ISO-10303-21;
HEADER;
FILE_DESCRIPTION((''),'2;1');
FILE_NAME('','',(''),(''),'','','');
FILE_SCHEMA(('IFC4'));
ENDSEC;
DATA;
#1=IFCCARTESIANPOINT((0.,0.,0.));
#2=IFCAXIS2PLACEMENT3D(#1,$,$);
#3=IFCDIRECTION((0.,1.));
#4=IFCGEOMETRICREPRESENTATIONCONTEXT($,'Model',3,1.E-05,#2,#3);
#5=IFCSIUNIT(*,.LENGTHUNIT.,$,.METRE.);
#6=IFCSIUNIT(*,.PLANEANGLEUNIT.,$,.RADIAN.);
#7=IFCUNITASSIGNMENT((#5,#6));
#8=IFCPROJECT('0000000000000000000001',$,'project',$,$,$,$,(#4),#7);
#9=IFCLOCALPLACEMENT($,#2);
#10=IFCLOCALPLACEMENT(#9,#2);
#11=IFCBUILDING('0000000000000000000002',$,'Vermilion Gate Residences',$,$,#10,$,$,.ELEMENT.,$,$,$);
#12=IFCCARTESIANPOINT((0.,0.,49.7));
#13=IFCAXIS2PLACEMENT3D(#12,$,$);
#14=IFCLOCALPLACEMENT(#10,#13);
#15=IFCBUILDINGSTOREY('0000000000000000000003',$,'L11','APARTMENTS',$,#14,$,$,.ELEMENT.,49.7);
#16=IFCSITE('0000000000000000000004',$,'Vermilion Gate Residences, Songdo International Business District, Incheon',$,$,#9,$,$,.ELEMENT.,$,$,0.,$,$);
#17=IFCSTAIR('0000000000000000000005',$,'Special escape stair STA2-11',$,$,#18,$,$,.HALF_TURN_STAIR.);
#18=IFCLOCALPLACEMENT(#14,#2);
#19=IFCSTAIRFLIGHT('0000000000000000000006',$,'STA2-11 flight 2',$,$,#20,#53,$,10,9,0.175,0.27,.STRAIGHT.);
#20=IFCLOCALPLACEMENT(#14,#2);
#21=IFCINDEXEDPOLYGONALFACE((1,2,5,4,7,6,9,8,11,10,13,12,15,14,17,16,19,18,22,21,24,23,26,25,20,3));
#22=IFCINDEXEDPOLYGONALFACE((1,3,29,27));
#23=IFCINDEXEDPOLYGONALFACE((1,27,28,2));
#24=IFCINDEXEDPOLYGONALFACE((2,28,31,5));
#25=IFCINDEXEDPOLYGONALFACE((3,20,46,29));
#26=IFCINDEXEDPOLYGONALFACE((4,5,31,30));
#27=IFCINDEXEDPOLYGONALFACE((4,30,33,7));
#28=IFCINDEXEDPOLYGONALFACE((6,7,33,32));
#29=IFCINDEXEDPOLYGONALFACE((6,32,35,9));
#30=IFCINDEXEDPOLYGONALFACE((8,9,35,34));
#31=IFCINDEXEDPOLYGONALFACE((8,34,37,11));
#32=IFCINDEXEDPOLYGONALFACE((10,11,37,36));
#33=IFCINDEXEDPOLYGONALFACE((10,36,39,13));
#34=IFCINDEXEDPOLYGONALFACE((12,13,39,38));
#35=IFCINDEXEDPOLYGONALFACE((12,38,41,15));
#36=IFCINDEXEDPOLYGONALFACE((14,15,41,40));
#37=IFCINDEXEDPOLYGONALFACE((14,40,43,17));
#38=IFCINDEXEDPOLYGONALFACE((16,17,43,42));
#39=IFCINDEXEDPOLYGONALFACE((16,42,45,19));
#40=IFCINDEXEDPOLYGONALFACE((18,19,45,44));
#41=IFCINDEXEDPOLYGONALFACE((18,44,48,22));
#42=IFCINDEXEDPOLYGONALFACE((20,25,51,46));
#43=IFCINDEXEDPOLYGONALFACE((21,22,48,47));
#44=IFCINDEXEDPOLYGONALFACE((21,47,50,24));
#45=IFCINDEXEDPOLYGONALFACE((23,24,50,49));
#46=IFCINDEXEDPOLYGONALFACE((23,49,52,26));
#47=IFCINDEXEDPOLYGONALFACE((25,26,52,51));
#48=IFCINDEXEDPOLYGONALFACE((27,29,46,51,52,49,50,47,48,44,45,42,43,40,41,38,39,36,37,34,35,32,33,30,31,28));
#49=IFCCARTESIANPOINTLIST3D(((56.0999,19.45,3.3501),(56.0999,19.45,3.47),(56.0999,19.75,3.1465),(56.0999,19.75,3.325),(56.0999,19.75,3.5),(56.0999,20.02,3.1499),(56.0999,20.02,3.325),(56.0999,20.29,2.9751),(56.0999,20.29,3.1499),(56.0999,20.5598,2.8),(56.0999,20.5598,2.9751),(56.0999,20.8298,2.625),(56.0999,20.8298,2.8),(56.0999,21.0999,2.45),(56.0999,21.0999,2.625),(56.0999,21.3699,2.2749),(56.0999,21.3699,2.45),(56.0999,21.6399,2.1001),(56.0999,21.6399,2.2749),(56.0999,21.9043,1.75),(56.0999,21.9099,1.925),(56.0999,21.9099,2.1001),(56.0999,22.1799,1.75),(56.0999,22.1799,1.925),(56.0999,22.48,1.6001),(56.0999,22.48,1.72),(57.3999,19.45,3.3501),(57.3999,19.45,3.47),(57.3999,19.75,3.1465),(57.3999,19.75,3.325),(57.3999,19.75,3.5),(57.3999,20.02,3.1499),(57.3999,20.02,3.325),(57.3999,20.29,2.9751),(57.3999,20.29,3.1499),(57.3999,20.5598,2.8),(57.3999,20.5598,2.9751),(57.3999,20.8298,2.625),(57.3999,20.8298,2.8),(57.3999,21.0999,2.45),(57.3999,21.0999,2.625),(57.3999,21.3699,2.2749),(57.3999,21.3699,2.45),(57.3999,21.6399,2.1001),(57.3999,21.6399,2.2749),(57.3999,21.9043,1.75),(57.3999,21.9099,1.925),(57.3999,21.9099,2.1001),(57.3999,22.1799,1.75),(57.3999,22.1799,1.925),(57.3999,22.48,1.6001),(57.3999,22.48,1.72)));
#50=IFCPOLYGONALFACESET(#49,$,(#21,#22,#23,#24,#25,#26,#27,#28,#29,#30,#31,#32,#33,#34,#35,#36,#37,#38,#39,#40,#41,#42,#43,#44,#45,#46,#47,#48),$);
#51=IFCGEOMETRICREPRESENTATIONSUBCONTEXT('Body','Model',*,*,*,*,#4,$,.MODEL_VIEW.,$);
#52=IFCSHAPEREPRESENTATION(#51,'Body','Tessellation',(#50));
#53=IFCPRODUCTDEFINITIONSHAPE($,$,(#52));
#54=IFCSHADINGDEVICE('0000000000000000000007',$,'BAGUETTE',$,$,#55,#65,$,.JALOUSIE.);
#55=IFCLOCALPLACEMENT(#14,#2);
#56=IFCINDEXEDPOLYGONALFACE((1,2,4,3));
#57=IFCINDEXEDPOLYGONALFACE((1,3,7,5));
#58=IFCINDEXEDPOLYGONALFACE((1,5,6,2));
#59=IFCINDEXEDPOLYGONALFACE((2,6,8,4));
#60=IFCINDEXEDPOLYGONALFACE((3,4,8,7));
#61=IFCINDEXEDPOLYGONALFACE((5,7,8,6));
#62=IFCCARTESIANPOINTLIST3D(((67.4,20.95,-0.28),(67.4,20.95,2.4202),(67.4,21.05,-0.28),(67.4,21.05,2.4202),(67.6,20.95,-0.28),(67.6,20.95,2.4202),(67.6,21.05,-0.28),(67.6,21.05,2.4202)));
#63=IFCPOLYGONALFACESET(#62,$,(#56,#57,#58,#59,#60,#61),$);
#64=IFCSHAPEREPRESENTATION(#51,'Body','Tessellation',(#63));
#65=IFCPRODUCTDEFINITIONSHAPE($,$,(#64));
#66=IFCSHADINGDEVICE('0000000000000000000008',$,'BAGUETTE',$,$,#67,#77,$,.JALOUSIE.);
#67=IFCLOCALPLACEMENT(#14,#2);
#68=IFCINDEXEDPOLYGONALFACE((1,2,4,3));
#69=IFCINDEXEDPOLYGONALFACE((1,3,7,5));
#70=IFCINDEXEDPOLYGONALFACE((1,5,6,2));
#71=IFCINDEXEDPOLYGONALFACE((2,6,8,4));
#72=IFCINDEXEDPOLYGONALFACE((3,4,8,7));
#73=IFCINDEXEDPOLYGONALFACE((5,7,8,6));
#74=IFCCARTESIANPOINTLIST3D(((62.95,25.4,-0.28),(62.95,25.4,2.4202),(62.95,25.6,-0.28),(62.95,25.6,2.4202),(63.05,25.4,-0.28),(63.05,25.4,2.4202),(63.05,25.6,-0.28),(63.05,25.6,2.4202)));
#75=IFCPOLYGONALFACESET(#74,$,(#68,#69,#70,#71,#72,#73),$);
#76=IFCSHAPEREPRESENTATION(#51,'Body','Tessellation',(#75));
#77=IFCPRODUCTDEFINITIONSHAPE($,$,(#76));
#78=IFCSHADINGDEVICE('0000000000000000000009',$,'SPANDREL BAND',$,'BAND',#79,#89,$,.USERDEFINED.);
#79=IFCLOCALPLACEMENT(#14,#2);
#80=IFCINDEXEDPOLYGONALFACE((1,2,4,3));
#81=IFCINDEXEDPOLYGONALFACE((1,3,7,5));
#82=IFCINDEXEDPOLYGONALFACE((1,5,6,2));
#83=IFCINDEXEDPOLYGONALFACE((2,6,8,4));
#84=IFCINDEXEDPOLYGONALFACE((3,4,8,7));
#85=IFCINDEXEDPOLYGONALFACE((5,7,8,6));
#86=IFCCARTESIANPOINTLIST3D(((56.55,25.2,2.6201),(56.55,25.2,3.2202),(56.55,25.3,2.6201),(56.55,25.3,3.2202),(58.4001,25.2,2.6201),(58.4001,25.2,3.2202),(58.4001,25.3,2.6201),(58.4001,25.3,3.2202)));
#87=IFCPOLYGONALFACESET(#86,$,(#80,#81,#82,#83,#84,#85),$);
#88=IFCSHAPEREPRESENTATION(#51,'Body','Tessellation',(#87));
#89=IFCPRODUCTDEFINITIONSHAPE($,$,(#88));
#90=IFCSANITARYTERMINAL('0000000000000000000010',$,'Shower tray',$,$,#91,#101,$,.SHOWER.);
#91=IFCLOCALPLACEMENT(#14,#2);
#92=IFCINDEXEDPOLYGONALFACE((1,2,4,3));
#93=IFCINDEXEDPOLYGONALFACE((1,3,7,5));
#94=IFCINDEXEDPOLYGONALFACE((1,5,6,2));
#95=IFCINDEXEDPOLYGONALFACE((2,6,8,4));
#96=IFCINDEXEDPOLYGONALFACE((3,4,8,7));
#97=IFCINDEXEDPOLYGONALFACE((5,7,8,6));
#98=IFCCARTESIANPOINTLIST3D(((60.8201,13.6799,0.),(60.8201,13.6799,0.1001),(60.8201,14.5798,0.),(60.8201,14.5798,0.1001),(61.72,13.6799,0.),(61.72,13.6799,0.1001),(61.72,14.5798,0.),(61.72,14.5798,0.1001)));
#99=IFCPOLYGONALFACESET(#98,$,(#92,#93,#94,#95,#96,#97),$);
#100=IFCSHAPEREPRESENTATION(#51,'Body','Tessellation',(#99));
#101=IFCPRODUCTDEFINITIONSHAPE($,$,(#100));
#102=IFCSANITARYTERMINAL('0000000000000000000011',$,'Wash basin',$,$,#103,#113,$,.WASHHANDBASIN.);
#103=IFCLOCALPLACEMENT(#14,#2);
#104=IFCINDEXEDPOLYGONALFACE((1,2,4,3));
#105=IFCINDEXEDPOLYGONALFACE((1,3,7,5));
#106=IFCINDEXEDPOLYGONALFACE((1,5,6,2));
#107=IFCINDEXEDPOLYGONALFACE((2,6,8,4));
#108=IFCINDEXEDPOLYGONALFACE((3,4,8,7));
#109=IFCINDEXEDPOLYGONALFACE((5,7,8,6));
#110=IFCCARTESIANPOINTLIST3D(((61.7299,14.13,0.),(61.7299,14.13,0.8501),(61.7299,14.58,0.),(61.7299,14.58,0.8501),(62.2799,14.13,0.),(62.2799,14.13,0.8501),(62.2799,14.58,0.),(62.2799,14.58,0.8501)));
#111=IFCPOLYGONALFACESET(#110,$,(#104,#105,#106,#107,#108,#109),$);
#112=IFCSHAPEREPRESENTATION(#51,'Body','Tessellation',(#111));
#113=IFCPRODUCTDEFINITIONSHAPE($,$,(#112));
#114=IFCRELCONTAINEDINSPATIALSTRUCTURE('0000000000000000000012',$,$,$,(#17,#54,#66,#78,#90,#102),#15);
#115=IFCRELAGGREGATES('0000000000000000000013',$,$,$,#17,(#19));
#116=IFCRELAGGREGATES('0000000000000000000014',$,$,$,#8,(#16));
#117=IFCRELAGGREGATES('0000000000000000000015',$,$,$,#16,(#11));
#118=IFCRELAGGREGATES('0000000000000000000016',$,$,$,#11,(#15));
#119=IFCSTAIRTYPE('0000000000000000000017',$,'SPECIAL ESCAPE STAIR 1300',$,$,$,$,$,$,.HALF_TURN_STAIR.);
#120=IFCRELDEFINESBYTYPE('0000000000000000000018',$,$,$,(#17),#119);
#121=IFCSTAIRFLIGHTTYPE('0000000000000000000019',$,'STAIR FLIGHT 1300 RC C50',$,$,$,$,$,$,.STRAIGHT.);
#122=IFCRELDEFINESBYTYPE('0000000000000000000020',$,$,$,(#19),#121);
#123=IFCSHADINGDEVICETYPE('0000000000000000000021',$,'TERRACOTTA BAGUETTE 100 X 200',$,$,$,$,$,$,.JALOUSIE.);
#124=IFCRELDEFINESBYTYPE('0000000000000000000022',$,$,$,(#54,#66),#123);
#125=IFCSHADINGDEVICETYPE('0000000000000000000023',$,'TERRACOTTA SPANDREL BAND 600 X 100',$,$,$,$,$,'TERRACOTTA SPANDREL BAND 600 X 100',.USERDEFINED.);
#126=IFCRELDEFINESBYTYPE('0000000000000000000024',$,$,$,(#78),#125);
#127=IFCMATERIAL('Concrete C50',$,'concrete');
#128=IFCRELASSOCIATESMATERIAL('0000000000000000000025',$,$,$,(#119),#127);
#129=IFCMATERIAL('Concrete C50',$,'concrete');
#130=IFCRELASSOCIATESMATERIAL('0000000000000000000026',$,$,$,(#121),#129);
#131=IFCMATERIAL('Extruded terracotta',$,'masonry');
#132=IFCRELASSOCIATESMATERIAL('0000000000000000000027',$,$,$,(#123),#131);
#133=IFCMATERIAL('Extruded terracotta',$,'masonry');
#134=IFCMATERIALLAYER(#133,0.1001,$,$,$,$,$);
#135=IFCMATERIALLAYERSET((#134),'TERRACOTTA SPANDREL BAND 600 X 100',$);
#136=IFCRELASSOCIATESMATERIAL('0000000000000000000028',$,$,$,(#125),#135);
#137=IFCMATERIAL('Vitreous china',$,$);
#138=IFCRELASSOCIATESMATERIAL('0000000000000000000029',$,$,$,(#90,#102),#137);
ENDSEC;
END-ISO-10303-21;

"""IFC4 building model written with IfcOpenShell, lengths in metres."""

from ifc_helpers import new_model, si_unit, direction, frame, origin, origin_2d, place, context, subcontext, project, spatial, polyline, rectangle, outline, extrude, material, layer, layer_set, material_profile, profile_set, type_object, element, aggregate, save


model = new_model("IFC4")

# Units and contexts
model_context = context("Model", 3, precision=1e-05, world=origin(), true_north=direction((0.0, 1.0)))
body_context = subcontext(model_context, "Body", "Model", "MODEL_VIEW")
ifc_project = project(units=[si_unit("LENGTHUNIT", "METRE"), si_unit("PLANEANGLEUNIT", "RADIAN")], contexts=[model_context])

# Site, building, storey
site_placement = place(None, origin())
site = spatial("IfcSite", under=ifc_project, at=site_placement, Name="Vermilion Gate Residences, Songdo International Business District, Incheon", CompositionType="ELEMENT", RefElevation=0.0)
building_placement = place(site_placement, origin())
building = spatial("IfcBuilding", under=site, at=building_placement, Name="Vermilion Gate Residences", CompositionType="ELEMENT")
storey_placement = place(building_placement, frame((0.0, 0.0, 49.7)))
storey = spatial("IfcBuildingStorey", under=building, at=storey_placement, Name="L11", Description="APARTMENTS", CompositionType="ELEMENT", Elevation=49.7)

# Stair, stair flight
ifc_material_1 = material(Name="Concrete C50", Category="concrete")
stair_type = type_object("IfcStairType", Name="SPECIAL ESCAPE STAIR 1300", PredefinedType="HALF_TURN_STAIR", material=ifc_material_1)
stair_placement = place(storey_placement, origin())
stair = element("IfcStair", 1, at=stair_placement, inside=storey, type_object=stair_type, Name="Special escape stair STA2-11", PredefinedType="HALF_TURN_STAIR")
ifc_material_2 = material(Name="Concrete C50", Category="concrete")
stair_flight_type = type_object("IfcStairFlightType", Name="STAIR FLIGHT 1300 RC C50", PredefinedType="STRAIGHT", material=ifc_material_2)
stair_flight_1_placement = place(storey_placement, frame((56.75, 22.1799, 1.75), z_axis=(0.0, 0.0, 1.0), x_axis=(0.0, -1.0, 0.0)))
stair_flight_1 = element("IfcStairFlight", 2, at=stair_flight_1_placement, type_object=stair_flight_type, Name="STA2-11 flight 2", NumberOfRisers=10, NumberOfTreads=9, PredefinedType="STRAIGHT", RiserHeight=0.175, TreadLength=0.27, context=body_context, shape_type="SweptSolid", body=[
    extrude(outline(polyline([(-0.3, -0.1499), (-0.3, -0.03), (0.0, 0.0), (0.0, 0.175), (0.27, 0.175), (0.27, 0.3501), (0.54, 0.3501), (0.54, 0.5249), (0.8101, 0.5249), (0.8101, 0.7), (1.0801, 0.7), (1.0801, 0.875), (1.3501, 0.875), (1.3501, 1.05), (1.6201, 1.05), (1.6201, 1.2251), (1.8899, 1.2251), (1.8899, 1.3999), (2.1599, 1.3999), (2.1599, 1.575), (2.4299, 1.575), (2.4299, 1.75), (2.73, 1.72), (2.73, 1.6001), (2.4299, 1.3965), (0.2756, 0.0), (-0.3, -0.1499)])), frame((0.0, 0.6499, 0.0), z_axis=(0.0, -1.0, 0.0), x_axis=(1.0, 0.0, 0.0)), (0.0, 0.0, 1.0), 1.3),
])
aggregate(stair, [stair_flight_1])

# Shading devices
ifc_material_3 = material(Name="Extruded terracotta", Category="masonry")
ifc_material_profile_1 = material_profile(ifc_material_3, rectangle(XDim=0.2, YDim=0.1001, at=origin_2d()), Name="BAGUETTE 100 X 200")
ifc_profile_set_1 = profile_set([ifc_material_profile_1], Name="Extruded terracotta")
shading_device_type_1 = type_object("IfcShadingDeviceType", Name="TERRACOTTA BAGUETTE 100 X 200", PredefinedType="JALOUSIE", material=ifc_profile_set_1)
for number, where, z_axis, x_axis, name in (
    (3, (67.5, 21.0, -0.28), (0.0, 0.0, 1.0), (-1.0, 0.0, 0.0), "BAGUETTE"),
    (4, (63.0, 25.5, -0.28), (0.0, 0.0, 1.0), (0.0, -1.0, 0.0), "BAGUETTE"),
):
    element("IfcShadingDevice", number, at=place(storey_placement, frame(where, z_axis=z_axis, x_axis=x_axis)), inside=storey, type_object=shading_device_type_1, Name=name, PredefinedType="JALOUSIE", context=body_context, shape_type="SweptSolid", body=[
        extrude(rectangle(XDim=0.2, YDim=0.1001, at=origin_2d()), origin(), (0.0, 0.0, 1.0), 2.7002),
    ])
ifc_material_4 = material(Name="Extruded terracotta", Category="masonry")
ifc_layer_1 = layer(ifc_material_4, 0.1001)
ifc_layer_set_1 = layer_set([ifc_layer_1], Name="TERRACOTTA SPANDREL BAND 600 X 100")
shading_device_type_2 = type_object("IfcShadingDeviceType", Name="TERRACOTTA SPANDREL BAND 600 X 100", ElementType="TERRACOTTA SPANDREL BAND 600 X 100", PredefinedType="USERDEFINED", material=ifc_layer_set_1)
shading_device_placement = place(storey_placement, frame((57.4751, 25.25, 2.6201), z_axis=(0.0, 0.0, 1.0), x_axis=(1.0, 0.0, 0.0)))
element("IfcShadingDevice", 5, at=shading_device_placement, inside=storey, type_object=shading_device_type_2, Name="SPANDREL BAND", ObjectType="BAND", PredefinedType="USERDEFINED", context=body_context, shape_type="SweptSolid", body=[
    extrude(rectangle(XDim=1.8501, YDim=0.1001, at=origin_2d()), origin(), (0.0, 0.0, 1.0), 0.6001),
])

# Sanitary terminals
ifc_material_5 = material(Name="Vitreous china")
sanitary_terminal_1_placement = place(storey_placement, frame((61.27, 14.1299, 0.0), z_axis=(0.0, 0.0, 1.0), x_axis=(1.0, 0.0, 0.0)))
element("IfcSanitaryTerminal", 6, at=sanitary_terminal_1_placement, inside=storey, material=ifc_material_5, Name="Shower tray", PredefinedType="SHOWER", context=body_context, shape_type="SweptSolid", body=[
    extrude(rectangle(XDim=0.8999, YDim=0.8999, at=origin_2d()), origin(), (0.0, 0.0, 1.0), 0.1001),
])
sanitary_terminal_2_placement = place(storey_placement, frame((62.0049, 14.355, 0.0), z_axis=(0.0, 0.0, 1.0), x_axis=(1.0, 0.0, 0.0)))
element("IfcSanitaryTerminal", 7, at=sanitary_terminal_2_placement, inside=storey, material=ifc_material_5, Name="Wash basin", PredefinedType="WASHHANDBASIN", context=body_context, shape_type="SweptSolid", body=[
    extrude(rectangle(XDim=0.55, YDim=0.45, at=origin_2d()), origin(), (0.0, 0.0, 1.0), 0.8501),
])

save(model, "model.ifc")
